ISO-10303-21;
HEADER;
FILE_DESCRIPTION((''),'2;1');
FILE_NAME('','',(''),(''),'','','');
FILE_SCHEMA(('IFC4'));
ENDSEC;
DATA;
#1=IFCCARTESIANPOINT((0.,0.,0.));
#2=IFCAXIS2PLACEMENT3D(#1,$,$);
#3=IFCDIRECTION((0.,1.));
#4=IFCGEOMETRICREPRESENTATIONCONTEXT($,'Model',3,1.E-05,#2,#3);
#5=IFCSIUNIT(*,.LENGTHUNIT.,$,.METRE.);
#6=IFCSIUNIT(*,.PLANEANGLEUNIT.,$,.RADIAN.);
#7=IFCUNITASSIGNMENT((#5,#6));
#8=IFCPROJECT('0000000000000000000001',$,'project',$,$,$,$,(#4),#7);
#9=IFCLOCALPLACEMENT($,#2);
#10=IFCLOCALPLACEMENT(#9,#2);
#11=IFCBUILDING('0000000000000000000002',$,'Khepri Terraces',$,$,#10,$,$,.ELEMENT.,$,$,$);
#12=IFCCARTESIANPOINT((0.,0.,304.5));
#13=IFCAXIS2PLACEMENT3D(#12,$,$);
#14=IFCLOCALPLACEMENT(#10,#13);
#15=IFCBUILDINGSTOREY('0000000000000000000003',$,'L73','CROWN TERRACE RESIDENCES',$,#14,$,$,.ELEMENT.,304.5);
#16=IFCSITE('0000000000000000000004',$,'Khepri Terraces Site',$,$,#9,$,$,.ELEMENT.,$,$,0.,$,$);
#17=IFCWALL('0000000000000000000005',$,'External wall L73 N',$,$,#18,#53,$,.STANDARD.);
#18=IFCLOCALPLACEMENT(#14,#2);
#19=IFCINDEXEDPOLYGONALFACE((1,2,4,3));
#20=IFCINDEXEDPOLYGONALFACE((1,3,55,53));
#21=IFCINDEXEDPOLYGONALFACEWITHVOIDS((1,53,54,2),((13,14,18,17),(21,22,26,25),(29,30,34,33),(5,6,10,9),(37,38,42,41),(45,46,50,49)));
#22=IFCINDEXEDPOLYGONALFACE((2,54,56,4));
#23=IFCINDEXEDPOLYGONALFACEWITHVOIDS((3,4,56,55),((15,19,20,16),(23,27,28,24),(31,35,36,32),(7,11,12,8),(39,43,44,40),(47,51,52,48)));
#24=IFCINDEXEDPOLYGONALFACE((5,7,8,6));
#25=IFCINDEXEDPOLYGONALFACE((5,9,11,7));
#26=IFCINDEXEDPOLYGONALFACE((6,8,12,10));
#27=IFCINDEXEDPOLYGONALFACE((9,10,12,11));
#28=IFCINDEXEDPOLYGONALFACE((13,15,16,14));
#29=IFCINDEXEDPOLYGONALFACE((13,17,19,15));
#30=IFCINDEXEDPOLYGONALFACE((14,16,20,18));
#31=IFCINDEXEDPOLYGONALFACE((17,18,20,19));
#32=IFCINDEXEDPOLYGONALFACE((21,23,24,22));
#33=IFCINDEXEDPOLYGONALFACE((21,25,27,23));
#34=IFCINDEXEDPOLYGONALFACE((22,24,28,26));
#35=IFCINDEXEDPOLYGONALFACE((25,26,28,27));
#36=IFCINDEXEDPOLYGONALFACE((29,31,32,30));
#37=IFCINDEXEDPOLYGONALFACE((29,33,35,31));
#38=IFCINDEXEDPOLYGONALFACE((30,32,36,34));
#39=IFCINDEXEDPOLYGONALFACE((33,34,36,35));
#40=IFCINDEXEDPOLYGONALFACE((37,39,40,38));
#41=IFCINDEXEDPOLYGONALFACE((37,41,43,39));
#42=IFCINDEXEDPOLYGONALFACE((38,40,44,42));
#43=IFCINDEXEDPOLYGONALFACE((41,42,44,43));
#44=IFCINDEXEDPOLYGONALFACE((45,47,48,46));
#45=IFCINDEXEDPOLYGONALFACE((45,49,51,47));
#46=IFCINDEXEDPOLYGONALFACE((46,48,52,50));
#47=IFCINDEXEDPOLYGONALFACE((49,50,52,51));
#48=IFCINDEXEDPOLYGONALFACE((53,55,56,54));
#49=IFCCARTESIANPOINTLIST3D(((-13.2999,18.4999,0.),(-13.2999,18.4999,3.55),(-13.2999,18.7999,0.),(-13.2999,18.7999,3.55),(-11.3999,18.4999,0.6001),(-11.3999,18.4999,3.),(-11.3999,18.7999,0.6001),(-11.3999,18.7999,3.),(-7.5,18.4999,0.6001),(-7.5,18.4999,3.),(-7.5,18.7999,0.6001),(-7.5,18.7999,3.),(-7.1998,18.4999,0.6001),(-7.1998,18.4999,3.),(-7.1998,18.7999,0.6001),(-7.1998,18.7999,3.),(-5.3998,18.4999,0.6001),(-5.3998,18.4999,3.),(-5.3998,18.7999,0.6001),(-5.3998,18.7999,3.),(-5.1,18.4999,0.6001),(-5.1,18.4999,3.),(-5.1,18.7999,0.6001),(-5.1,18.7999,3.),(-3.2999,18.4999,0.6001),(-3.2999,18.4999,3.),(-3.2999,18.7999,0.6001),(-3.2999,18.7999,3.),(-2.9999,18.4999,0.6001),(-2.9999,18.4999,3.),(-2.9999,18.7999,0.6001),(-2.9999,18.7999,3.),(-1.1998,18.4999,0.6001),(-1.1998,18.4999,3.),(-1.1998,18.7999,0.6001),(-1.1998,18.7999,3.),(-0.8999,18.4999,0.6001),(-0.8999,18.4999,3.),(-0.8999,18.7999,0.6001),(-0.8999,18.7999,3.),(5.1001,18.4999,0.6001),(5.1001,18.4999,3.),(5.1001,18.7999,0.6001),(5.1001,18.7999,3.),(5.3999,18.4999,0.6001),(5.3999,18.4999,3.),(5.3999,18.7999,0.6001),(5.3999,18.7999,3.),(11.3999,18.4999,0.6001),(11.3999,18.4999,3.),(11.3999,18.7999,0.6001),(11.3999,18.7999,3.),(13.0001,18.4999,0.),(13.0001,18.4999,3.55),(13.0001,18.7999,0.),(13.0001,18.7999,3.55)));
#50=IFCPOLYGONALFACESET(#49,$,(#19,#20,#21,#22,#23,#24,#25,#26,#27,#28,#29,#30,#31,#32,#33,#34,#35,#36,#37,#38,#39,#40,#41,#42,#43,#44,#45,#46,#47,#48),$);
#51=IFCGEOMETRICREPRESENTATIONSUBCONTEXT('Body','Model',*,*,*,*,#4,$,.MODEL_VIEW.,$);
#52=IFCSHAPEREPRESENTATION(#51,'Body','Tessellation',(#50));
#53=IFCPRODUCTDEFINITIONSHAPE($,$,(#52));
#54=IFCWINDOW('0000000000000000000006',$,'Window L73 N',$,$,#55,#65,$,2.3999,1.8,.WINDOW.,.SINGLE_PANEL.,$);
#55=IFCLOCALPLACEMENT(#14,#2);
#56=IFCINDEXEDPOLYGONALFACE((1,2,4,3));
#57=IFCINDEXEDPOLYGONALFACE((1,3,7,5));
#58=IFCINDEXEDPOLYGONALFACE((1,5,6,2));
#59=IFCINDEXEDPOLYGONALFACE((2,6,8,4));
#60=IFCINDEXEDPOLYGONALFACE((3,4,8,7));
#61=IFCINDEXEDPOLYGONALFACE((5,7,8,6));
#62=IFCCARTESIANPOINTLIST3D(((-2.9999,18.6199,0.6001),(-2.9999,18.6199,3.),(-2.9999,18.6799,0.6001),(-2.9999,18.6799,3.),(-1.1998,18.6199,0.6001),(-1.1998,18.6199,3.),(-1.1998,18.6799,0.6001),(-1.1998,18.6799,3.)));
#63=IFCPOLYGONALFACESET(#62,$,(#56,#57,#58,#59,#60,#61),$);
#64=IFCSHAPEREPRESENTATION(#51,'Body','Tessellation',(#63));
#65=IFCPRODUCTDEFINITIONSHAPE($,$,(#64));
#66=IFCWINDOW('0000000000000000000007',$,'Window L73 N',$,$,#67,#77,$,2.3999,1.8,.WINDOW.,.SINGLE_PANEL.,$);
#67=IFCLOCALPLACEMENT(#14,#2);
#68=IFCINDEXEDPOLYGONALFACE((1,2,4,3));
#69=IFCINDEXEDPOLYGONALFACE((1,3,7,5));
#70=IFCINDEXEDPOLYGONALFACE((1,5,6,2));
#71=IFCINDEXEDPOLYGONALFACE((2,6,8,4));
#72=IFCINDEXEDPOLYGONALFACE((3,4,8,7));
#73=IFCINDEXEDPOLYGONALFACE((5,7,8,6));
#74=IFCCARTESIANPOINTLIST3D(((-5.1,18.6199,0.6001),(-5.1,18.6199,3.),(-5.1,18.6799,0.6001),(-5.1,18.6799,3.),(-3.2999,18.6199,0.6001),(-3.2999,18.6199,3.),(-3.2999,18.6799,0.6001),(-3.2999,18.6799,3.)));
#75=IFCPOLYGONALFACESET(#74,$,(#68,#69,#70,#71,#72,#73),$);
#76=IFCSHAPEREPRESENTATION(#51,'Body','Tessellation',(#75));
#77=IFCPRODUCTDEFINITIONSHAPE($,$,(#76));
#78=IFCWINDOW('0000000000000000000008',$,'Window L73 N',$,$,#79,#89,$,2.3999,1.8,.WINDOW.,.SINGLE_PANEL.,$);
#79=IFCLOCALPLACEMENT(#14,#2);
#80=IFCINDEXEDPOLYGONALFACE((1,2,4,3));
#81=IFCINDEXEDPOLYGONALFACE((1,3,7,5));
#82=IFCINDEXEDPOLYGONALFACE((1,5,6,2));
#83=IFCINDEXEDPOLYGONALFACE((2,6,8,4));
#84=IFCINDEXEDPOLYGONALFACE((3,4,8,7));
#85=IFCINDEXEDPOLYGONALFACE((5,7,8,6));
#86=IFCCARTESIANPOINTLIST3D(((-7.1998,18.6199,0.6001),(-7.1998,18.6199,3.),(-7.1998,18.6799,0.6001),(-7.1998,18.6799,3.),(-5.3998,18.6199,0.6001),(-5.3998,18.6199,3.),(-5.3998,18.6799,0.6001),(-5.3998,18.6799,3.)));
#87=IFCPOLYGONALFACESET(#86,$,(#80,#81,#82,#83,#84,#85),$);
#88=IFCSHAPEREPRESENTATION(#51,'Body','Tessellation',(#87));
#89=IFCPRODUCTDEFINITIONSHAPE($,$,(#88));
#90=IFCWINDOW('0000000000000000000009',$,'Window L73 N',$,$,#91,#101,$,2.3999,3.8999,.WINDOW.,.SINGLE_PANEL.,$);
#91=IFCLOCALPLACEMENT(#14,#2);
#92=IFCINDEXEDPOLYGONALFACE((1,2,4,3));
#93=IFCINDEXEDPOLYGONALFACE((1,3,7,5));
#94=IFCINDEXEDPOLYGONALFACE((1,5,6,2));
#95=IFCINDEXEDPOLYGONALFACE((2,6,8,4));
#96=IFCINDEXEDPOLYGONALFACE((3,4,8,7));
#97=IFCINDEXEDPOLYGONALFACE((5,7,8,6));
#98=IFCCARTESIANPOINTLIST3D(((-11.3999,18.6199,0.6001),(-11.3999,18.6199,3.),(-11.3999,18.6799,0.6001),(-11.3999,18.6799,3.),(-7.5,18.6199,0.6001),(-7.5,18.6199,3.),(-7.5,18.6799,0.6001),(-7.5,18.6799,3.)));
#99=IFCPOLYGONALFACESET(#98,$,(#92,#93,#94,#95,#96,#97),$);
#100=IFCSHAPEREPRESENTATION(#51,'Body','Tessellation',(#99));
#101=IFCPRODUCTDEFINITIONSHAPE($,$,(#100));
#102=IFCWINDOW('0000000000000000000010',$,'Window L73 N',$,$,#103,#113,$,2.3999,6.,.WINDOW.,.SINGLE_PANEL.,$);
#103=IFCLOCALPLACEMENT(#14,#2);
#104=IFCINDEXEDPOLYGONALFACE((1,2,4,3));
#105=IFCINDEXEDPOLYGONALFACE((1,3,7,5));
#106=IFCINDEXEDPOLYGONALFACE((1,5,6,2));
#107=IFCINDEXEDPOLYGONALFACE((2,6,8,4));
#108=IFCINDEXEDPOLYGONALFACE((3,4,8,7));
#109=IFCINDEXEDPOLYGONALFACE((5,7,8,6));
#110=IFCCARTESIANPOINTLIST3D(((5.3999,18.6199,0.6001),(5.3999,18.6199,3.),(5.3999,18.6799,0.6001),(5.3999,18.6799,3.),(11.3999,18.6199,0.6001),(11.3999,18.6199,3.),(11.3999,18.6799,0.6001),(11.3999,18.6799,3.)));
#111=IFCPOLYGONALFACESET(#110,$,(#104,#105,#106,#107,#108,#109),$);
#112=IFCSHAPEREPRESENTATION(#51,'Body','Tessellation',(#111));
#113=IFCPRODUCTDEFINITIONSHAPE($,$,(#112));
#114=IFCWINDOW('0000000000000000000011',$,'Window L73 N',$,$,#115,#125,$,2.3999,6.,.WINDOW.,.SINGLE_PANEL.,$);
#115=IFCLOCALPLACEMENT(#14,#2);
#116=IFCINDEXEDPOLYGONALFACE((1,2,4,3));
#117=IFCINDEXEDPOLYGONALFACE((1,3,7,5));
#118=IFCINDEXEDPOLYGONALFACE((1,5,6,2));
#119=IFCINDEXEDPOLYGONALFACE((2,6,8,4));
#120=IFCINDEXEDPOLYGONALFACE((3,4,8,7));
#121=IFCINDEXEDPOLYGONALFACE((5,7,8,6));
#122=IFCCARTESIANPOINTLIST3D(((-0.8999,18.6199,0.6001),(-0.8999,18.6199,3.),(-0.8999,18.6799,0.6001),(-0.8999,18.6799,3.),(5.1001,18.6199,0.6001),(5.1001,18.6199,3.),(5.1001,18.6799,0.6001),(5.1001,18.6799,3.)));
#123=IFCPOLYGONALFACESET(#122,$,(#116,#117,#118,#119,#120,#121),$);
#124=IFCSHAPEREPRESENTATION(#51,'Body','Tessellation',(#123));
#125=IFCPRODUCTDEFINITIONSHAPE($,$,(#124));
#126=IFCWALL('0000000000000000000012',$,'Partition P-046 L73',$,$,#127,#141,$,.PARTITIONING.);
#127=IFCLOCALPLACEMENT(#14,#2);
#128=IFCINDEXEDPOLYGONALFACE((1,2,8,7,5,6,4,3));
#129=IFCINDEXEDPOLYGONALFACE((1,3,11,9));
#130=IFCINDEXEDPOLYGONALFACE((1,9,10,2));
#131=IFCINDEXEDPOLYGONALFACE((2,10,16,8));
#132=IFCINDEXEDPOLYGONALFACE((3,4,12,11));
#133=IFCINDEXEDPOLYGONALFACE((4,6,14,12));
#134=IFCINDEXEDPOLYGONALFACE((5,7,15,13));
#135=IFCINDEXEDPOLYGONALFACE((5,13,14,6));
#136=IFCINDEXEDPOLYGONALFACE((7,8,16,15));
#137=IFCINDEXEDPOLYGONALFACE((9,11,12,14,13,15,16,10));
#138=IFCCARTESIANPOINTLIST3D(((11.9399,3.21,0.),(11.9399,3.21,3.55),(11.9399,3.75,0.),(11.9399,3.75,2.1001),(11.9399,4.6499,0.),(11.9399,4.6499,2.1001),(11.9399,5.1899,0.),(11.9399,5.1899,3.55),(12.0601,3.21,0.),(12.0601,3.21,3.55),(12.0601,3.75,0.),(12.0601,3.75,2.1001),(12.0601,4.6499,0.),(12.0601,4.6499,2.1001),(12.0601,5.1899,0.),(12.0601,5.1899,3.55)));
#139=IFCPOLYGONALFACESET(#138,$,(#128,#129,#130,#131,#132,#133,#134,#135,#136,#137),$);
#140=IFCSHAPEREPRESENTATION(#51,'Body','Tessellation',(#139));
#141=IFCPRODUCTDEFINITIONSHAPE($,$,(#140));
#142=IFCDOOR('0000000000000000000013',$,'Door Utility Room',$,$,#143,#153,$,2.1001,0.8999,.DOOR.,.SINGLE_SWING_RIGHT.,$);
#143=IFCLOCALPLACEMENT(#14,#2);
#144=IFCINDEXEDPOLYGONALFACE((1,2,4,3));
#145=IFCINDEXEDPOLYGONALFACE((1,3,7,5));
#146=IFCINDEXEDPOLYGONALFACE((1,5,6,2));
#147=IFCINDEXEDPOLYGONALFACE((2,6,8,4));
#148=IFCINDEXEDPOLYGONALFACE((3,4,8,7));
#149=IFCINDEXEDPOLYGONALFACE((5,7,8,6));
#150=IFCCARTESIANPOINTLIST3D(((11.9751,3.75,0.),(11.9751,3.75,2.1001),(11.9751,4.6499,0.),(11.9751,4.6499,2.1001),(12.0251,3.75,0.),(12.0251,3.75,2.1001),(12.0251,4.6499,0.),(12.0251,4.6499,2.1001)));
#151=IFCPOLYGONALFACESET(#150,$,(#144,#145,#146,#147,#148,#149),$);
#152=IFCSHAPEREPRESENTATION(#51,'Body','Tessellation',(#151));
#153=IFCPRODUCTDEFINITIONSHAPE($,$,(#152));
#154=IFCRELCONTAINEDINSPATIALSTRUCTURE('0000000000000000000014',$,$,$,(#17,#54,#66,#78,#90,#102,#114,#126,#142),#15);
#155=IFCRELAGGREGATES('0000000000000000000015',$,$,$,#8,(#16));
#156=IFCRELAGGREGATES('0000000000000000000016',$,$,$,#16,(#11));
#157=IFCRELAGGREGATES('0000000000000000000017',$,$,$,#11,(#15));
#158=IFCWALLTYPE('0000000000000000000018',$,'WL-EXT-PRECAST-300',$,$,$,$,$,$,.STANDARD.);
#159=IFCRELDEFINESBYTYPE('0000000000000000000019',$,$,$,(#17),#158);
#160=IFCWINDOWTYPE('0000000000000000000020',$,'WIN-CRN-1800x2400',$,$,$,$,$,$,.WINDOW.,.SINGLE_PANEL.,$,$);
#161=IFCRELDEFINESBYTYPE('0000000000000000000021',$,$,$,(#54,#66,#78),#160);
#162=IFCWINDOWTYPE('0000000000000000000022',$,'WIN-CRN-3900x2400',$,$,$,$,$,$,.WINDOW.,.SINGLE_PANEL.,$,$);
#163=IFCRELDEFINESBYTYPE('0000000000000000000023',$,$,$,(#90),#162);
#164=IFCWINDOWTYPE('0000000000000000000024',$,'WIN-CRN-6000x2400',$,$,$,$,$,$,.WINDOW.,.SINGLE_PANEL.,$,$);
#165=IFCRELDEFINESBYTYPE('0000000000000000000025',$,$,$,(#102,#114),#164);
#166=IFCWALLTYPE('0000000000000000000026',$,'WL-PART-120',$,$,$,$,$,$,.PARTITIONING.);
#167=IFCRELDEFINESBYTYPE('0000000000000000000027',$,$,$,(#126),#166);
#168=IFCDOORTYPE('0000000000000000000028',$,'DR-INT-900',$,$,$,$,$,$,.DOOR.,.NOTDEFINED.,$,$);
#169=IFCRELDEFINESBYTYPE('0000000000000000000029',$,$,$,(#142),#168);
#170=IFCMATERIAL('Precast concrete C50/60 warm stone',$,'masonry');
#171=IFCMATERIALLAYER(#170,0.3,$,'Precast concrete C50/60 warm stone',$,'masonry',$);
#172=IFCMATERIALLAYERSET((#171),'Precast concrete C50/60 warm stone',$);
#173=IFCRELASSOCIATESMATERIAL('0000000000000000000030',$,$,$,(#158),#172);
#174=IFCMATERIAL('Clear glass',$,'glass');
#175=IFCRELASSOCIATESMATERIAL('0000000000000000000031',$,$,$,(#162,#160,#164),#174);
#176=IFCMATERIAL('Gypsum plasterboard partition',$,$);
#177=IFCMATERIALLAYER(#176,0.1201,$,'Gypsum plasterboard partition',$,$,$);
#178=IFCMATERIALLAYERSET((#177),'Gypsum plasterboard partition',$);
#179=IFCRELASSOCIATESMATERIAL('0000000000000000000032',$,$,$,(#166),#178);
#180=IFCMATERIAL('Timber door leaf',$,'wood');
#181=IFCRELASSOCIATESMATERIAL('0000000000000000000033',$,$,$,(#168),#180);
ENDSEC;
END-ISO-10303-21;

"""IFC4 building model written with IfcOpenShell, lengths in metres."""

from ifc_helpers import new_model, si_unit, direction, frame, frame_2d, origin, place, context, subcontext, project, spatial, rectangle, extrude, material, layer, layer_set, type_object, element, fill, save


model = new_model("IFC4")

# Units and contexts
model_context = context("Model", 3, precision=1e-05, world=origin(), true_north=direction((0.0, 1.0)))
body_context = subcontext(model_context, "Body", "Model", "MODEL_VIEW")
ifc_project = project(units=[si_unit("LENGTHUNIT", "METRE"), si_unit("PLANEANGLEUNIT", "RADIAN")], contexts=[model_context])

# Site, building, storey
site_placement = place(None, origin())
site = spatial("IfcSite", under=ifc_project, at=site_placement, Name="Khepri Terraces Site", CompositionType="ELEMENT", RefElevation=0.0)
building_placement = place(site_placement, origin())
building = spatial("IfcBuilding", under=site, at=building_placement, Name="Khepri Terraces", CompositionType="ELEMENT")
storey_placement = place(building_placement, frame((0.0, 0.0, 304.5)))
storey = spatial("IfcBuildingStorey", under=building, at=storey_placement, Name="L73", Description="CROWN TERRACE RESIDENCES", CompositionType="ELEMENT", Elevation=304.5)

# Shared definitions
ifc_material_1 = material(Name="Precast concrete C50/60 warm stone", Category="masonry")
ifc_layer_1 = layer(ifc_material_1, 0.3, Name="Precast concrete C50/60 warm stone", Category="masonry")
ifc_layer_set_1 = layer_set([ifc_layer_1], Name="Precast concrete C50/60 warm stone")
wall_type_1 = type_object("IfcWallType", Name="WL-EXT-PRECAST-300", PredefinedType="STANDARD", material=ifc_layer_set_1)
ifc_material_2 = material(Name="Clear glass", Category="glass")
window_type_1 = type_object("IfcWindowType", Name="WIN-CRN-3900x2400", PartitioningType="SINGLE_PANEL", PredefinedType="WINDOW", material=ifc_material_2)
window_type_2 = type_object("IfcWindowType", Name="WIN-CRN-1800x2400", PartitioningType="SINGLE_PANEL", PredefinedType="WINDOW", material=ifc_material_2)

# Wall, openings, windows
wall_1_placement = place(storey_placement, frame((13.0, 18.6499, 0.0), z_axis=(0.0, 0.0, 1.0), x_axis=(-1.0, 0.0, 0.0)))
wall_1 = element("IfcWall", 1, at=wall_1_placement, inside=storey, type_object=wall_type_1, Name="External wall L73 N", PredefinedType="STANDARD", context=body_context, shape_type="SweptSolid", body=[
    extrude(rectangle(XDim=26.3, YDim=0.3, at=frame_2d((13.1499, 0.0))), origin(), (0.0, 0.0, 1.0), 3.55),
])
opening_1_placement = place(wall_1_placement, frame((1.6001, 0.0, 0.6001)))
opening_1 = element("IfcOpeningElement", 2, at=opening_1_placement, cuts=wall_1, PredefinedType="OPENING", context=body_context, shape_type="SweptSolid", body=[
    extrude(rectangle(XDim=6.0, YDim=2.3999, at=frame_2d((3.0, 1.2))), frame((0.0, 0.1602, 0.0), z_axis=(0.0, -1.0, 0.0), x_axis=(1.0, 0.0, 0.0)), (0.0, 0.0, 1.0), 0.3201),
])
opening_2_placement = place(wall_1_placement, frame((7.8999, 0.0, 0.6001)))
opening_2 = element("IfcOpeningElement", 3, at=opening_2_placement, cuts=wall_1, PredefinedType="OPENING", context=body_context, shape_type="SweptSolid", body=[
    extrude(rectangle(XDim=6.0, YDim=2.3999, at=frame_2d((3.0, 1.2))), frame((0.0, 0.1602, 0.0), z_axis=(0.0, -1.0, 0.0), x_axis=(1.0, 0.0, 0.0)), (0.0, 0.0, 1.0), 0.3201),
])
opening_3_placement = place(wall_1_placement, frame((14.2, 0.0, 0.6001)))
opening_3 = element("IfcOpeningElement", 4, at=opening_3_placement, cuts=wall_1, PredefinedType="OPENING", context=body_context, shape_type="SweptSolid", body=[
    extrude(rectangle(XDim=1.8, YDim=2.3999, at=frame_2d((0.8999, 1.2))), frame((0.0, 0.1602, 0.0), z_axis=(0.0, -1.0, 0.0), x_axis=(1.0, 0.0, 0.0)), (0.0, 0.0, 1.0), 0.3201),
])
opening_4_placement = place(wall_1_placement, frame((16.3, 0.0, 0.6001)))
opening_4 = element("IfcOpeningElement", 5, at=opening_4_placement, cuts=wall_1, PredefinedType="OPENING", context=body_context, shape_type="SweptSolid", body=[
    extrude(rectangle(XDim=1.8, YDim=2.3999, at=frame_2d((0.8999, 1.2))), frame((0.0, 0.1602, 0.0), z_axis=(0.0, -1.0, 0.0), x_axis=(1.0, 0.0, 0.0)), (0.0, 0.0, 1.0), 0.3201),
])
opening_5_placement = place(wall_1_placement, frame((18.3999, 0.0, 0.6001)))
opening_5 = element("IfcOpeningElement", 6, at=opening_5_placement, cuts=wall_1, PredefinedType="OPENING", context=body_context, shape_type="SweptSolid", body=[
    extrude(rectangle(XDim=1.8, YDim=2.3999, at=frame_2d((0.8999, 1.2))), frame((0.0, 0.1602, 0.0), z_axis=(0.0, -1.0, 0.0), x_axis=(1.0, 0.0, 0.0)), (0.0, 0.0, 1.0), 0.3201),
])
opening_6_placement = place(wall_1_placement, frame((20.5, 0.0, 0.6001)))
opening_6 = element("IfcOpeningElement", 7, at=opening_6_placement, cuts=wall_1, PredefinedType="OPENING", context=body_context, shape_type="SweptSolid", body=[
    extrude(rectangle(XDim=3.8999, YDim=2.3999, at=frame_2d((1.95, 1.2))), frame((0.0, 0.1602, 0.0), z_axis=(0.0, -1.0, 0.0), x_axis=(1.0, 0.0, 0.0)), (0.0, 0.0, 1.0), 0.3201),
])
window_1_placement = place(opening_3_placement, origin())
window_1 = element("IfcWindow", 8, at=window_1_placement, inside=storey, type_object=window_type_2, Name="Window L73 N", OverallHeight=2.3999, OverallWidth=1.8, PartitioningType="SINGLE_PANEL", PredefinedType="WINDOW", context=body_context, shape_type="SweptSolid", body=[
    extrude(rectangle(XDim=1.8, YDim=2.3999, at=frame_2d((0.8999, 1.2))), frame((0.0, 0.03, 0.0), z_axis=(0.0, -1.0, 0.0), x_axis=(1.0, 0.0, 0.0)), (0.0, 0.0, 1.0), 0.0601),
])
fill(opening_3, window_1)
window_2_placement = place(opening_4_placement, origin())
window_2 = element("IfcWindow", 9, at=window_2_placement, inside=storey, type_object=window_type_2, Name="Window L73 N", OverallHeight=2.3999, OverallWidth=1.8, PartitioningType="SINGLE_PANEL", PredefinedType="WINDOW", context=body_context, shape_type="SweptSolid", body=[
    extrude(rectangle(XDim=1.8, YDim=2.3999, at=frame_2d((0.8999, 1.2))), frame((0.0, 0.03, 0.0), z_axis=(0.0, -1.0, 0.0), x_axis=(1.0, 0.0, 0.0)), (0.0, 0.0, 1.0), 0.0601),
])
fill(opening_4, window_2)
window_3_placement = place(opening_5_placement, origin())
window_3 = element("IfcWindow", 10, at=window_3_placement, inside=storey, type_object=window_type_2, Name="Window L73 N", OverallHeight=2.3999, OverallWidth=1.8, PartitioningType="SINGLE_PANEL", PredefinedType="WINDOW", context=body_context, shape_type="SweptSolid", body=[
    extrude(rectangle(XDim=1.8, YDim=2.3999, at=frame_2d((0.8999, 1.2))), frame((0.0, 0.03, 0.0), z_axis=(0.0, -1.0, 0.0), x_axis=(1.0, 0.0, 0.0)), (0.0, 0.0, 1.0), 0.0601),
])
fill(opening_5, window_3)
window_4_placement = place(opening_6_placement, origin())
window_4 = element("IfcWindow", 11, at=window_4_placement, inside=storey, type_object=window_type_1, Name="Window L73 N", OverallHeight=2.3999, OverallWidth=3.8999, PartitioningType="SINGLE_PANEL", PredefinedType="WINDOW", context=body_context, shape_type="SweptSolid", body=[
    extrude(rectangle(XDim=3.8999, YDim=2.3999, at=frame_2d((1.95, 1.2))), frame((0.0, 0.03, 0.0), z_axis=(0.0, -1.0, 0.0), x_axis=(1.0, 0.0, 0.0)), (0.0, 0.0, 1.0), 0.0601),
])
fill(opening_6, window_4)
window_type_3 = type_object("IfcWindowType", Name="WIN-CRN-6000x2400", PartitioningType="SINGLE_PANEL", PredefinedType="WINDOW", material=ifc_material_2)
window_5_placement = place(opening_1_placement, origin())
window_5 = element("IfcWindow", 12, at=window_5_placement, inside=storey, type_object=window_type_3, Name="Window L73 N", OverallHeight=2.3999, OverallWidth=6.0, PartitioningType="SINGLE_PANEL", PredefinedType="WINDOW", context=body_context, shape_type="SweptSolid", body=[
    extrude(rectangle(XDim=6.0, YDim=2.3999, at=frame_2d((3.0, 1.2))), frame((0.0, 0.03, 0.0), z_axis=(0.0, -1.0, 0.0), x_axis=(1.0, 0.0, 0.0)), (0.0, 0.0, 1.0), 0.0601),
])
fill(opening_1, window_5)
window_6_placement = place(opening_2_placement, origin())
window_6 = element("IfcWindow", 13, at=window_6_placement, inside=storey, type_object=window_type_3, Name="Window L73 N", OverallHeight=2.3999, OverallWidth=6.0, PartitioningType="SINGLE_PANEL", PredefinedType="WINDOW", context=body_context, shape_type="SweptSolid", body=[
    extrude(rectangle(XDim=6.0, YDim=2.3999, at=frame_2d((3.0, 1.2))), frame((0.0, 0.03, 0.0), z_axis=(0.0, -1.0, 0.0), x_axis=(1.0, 0.0, 0.0)), (0.0, 0.0, 1.0), 0.0601),
])
fill(opening_2, window_6)

# Wall, opening, door
ifc_material_3 = material(Name="Gypsum plasterboard partition")
ifc_layer_2 = layer(ifc_material_3, 0.1201, Name="Gypsum plasterboard partition")
ifc_layer_set_2 = layer_set([ifc_layer_2], Name="Gypsum plasterboard partition")
wall_type_2 = type_object("IfcWallType", Name="WL-PART-120", PredefinedType="PARTITIONING", material=ifc_layer_set_2)
wall_2_placement = place(storey_placement, frame((12.0, 3.21, 0.0), z_axis=(0.0, 0.0, 1.0), x_axis=(0.0, 1.0, 0.0)))
wall_2 = element("IfcWall", 14, at=wall_2_placement, inside=storey, type_object=wall_type_2, Name="Partition P-046 L73", PredefinedType="PARTITIONING", context=body_context, shape_type="SweptSolid", body=[
    extrude(rectangle(XDim=1.98, YDim=0.1201, at=frame_2d((0.99, 0.0))), origin(), (0.0, 0.0, 1.0), 3.55),
])
opening_7_placement = place(wall_2_placement, frame((0.54, 0.0, 0.0)))
opening_7 = element("IfcOpeningElement", 15, at=opening_7_placement, cuts=wall_2, PredefinedType="OPENING", context=body_context, shape_type="SweptSolid", body=[
    extrude(rectangle(XDim=0.8999, YDim=2.1001, at=frame_2d((0.45, 1.05))), frame((0.0, 0.0701, 0.0), z_axis=(0.0, -1.0, 0.0), x_axis=(1.0, 0.0, 0.0)), (0.0, 0.0, 1.0), 0.1401),
])
ifc_material_4 = material(Name="Timber door leaf", Category="wood")
door_type_1 = type_object("IfcDoorType", Name="DR-INT-900", OperationType="NOTDEFINED", PredefinedType="DOOR", material=ifc_material_4)
door_1_placement = place(opening_7_placement, origin())
door_1 = element("IfcDoor", 16, at=door_1_placement, inside=storey, type_object=door_type_1, Name="Door Utility Room", OperationType="SINGLE_SWING_RIGHT", OverallHeight=2.1001, OverallWidth=0.8999, PredefinedType="DOOR", context=body_context, shape_type="SweptSolid", body=[
    extrude(rectangle(XDim=0.8999, YDim=2.1001, at=frame_2d((0.45, 1.05))), frame((0.0, 0.0249, 0.0), z_axis=(0.0, -1.0, 0.0), x_axis=(1.0, 0.0, 0.0)), (0.0, 0.0, 1.0), 0.05),
])
fill(opening_7, door_1)

save(model, "model.ifc")
